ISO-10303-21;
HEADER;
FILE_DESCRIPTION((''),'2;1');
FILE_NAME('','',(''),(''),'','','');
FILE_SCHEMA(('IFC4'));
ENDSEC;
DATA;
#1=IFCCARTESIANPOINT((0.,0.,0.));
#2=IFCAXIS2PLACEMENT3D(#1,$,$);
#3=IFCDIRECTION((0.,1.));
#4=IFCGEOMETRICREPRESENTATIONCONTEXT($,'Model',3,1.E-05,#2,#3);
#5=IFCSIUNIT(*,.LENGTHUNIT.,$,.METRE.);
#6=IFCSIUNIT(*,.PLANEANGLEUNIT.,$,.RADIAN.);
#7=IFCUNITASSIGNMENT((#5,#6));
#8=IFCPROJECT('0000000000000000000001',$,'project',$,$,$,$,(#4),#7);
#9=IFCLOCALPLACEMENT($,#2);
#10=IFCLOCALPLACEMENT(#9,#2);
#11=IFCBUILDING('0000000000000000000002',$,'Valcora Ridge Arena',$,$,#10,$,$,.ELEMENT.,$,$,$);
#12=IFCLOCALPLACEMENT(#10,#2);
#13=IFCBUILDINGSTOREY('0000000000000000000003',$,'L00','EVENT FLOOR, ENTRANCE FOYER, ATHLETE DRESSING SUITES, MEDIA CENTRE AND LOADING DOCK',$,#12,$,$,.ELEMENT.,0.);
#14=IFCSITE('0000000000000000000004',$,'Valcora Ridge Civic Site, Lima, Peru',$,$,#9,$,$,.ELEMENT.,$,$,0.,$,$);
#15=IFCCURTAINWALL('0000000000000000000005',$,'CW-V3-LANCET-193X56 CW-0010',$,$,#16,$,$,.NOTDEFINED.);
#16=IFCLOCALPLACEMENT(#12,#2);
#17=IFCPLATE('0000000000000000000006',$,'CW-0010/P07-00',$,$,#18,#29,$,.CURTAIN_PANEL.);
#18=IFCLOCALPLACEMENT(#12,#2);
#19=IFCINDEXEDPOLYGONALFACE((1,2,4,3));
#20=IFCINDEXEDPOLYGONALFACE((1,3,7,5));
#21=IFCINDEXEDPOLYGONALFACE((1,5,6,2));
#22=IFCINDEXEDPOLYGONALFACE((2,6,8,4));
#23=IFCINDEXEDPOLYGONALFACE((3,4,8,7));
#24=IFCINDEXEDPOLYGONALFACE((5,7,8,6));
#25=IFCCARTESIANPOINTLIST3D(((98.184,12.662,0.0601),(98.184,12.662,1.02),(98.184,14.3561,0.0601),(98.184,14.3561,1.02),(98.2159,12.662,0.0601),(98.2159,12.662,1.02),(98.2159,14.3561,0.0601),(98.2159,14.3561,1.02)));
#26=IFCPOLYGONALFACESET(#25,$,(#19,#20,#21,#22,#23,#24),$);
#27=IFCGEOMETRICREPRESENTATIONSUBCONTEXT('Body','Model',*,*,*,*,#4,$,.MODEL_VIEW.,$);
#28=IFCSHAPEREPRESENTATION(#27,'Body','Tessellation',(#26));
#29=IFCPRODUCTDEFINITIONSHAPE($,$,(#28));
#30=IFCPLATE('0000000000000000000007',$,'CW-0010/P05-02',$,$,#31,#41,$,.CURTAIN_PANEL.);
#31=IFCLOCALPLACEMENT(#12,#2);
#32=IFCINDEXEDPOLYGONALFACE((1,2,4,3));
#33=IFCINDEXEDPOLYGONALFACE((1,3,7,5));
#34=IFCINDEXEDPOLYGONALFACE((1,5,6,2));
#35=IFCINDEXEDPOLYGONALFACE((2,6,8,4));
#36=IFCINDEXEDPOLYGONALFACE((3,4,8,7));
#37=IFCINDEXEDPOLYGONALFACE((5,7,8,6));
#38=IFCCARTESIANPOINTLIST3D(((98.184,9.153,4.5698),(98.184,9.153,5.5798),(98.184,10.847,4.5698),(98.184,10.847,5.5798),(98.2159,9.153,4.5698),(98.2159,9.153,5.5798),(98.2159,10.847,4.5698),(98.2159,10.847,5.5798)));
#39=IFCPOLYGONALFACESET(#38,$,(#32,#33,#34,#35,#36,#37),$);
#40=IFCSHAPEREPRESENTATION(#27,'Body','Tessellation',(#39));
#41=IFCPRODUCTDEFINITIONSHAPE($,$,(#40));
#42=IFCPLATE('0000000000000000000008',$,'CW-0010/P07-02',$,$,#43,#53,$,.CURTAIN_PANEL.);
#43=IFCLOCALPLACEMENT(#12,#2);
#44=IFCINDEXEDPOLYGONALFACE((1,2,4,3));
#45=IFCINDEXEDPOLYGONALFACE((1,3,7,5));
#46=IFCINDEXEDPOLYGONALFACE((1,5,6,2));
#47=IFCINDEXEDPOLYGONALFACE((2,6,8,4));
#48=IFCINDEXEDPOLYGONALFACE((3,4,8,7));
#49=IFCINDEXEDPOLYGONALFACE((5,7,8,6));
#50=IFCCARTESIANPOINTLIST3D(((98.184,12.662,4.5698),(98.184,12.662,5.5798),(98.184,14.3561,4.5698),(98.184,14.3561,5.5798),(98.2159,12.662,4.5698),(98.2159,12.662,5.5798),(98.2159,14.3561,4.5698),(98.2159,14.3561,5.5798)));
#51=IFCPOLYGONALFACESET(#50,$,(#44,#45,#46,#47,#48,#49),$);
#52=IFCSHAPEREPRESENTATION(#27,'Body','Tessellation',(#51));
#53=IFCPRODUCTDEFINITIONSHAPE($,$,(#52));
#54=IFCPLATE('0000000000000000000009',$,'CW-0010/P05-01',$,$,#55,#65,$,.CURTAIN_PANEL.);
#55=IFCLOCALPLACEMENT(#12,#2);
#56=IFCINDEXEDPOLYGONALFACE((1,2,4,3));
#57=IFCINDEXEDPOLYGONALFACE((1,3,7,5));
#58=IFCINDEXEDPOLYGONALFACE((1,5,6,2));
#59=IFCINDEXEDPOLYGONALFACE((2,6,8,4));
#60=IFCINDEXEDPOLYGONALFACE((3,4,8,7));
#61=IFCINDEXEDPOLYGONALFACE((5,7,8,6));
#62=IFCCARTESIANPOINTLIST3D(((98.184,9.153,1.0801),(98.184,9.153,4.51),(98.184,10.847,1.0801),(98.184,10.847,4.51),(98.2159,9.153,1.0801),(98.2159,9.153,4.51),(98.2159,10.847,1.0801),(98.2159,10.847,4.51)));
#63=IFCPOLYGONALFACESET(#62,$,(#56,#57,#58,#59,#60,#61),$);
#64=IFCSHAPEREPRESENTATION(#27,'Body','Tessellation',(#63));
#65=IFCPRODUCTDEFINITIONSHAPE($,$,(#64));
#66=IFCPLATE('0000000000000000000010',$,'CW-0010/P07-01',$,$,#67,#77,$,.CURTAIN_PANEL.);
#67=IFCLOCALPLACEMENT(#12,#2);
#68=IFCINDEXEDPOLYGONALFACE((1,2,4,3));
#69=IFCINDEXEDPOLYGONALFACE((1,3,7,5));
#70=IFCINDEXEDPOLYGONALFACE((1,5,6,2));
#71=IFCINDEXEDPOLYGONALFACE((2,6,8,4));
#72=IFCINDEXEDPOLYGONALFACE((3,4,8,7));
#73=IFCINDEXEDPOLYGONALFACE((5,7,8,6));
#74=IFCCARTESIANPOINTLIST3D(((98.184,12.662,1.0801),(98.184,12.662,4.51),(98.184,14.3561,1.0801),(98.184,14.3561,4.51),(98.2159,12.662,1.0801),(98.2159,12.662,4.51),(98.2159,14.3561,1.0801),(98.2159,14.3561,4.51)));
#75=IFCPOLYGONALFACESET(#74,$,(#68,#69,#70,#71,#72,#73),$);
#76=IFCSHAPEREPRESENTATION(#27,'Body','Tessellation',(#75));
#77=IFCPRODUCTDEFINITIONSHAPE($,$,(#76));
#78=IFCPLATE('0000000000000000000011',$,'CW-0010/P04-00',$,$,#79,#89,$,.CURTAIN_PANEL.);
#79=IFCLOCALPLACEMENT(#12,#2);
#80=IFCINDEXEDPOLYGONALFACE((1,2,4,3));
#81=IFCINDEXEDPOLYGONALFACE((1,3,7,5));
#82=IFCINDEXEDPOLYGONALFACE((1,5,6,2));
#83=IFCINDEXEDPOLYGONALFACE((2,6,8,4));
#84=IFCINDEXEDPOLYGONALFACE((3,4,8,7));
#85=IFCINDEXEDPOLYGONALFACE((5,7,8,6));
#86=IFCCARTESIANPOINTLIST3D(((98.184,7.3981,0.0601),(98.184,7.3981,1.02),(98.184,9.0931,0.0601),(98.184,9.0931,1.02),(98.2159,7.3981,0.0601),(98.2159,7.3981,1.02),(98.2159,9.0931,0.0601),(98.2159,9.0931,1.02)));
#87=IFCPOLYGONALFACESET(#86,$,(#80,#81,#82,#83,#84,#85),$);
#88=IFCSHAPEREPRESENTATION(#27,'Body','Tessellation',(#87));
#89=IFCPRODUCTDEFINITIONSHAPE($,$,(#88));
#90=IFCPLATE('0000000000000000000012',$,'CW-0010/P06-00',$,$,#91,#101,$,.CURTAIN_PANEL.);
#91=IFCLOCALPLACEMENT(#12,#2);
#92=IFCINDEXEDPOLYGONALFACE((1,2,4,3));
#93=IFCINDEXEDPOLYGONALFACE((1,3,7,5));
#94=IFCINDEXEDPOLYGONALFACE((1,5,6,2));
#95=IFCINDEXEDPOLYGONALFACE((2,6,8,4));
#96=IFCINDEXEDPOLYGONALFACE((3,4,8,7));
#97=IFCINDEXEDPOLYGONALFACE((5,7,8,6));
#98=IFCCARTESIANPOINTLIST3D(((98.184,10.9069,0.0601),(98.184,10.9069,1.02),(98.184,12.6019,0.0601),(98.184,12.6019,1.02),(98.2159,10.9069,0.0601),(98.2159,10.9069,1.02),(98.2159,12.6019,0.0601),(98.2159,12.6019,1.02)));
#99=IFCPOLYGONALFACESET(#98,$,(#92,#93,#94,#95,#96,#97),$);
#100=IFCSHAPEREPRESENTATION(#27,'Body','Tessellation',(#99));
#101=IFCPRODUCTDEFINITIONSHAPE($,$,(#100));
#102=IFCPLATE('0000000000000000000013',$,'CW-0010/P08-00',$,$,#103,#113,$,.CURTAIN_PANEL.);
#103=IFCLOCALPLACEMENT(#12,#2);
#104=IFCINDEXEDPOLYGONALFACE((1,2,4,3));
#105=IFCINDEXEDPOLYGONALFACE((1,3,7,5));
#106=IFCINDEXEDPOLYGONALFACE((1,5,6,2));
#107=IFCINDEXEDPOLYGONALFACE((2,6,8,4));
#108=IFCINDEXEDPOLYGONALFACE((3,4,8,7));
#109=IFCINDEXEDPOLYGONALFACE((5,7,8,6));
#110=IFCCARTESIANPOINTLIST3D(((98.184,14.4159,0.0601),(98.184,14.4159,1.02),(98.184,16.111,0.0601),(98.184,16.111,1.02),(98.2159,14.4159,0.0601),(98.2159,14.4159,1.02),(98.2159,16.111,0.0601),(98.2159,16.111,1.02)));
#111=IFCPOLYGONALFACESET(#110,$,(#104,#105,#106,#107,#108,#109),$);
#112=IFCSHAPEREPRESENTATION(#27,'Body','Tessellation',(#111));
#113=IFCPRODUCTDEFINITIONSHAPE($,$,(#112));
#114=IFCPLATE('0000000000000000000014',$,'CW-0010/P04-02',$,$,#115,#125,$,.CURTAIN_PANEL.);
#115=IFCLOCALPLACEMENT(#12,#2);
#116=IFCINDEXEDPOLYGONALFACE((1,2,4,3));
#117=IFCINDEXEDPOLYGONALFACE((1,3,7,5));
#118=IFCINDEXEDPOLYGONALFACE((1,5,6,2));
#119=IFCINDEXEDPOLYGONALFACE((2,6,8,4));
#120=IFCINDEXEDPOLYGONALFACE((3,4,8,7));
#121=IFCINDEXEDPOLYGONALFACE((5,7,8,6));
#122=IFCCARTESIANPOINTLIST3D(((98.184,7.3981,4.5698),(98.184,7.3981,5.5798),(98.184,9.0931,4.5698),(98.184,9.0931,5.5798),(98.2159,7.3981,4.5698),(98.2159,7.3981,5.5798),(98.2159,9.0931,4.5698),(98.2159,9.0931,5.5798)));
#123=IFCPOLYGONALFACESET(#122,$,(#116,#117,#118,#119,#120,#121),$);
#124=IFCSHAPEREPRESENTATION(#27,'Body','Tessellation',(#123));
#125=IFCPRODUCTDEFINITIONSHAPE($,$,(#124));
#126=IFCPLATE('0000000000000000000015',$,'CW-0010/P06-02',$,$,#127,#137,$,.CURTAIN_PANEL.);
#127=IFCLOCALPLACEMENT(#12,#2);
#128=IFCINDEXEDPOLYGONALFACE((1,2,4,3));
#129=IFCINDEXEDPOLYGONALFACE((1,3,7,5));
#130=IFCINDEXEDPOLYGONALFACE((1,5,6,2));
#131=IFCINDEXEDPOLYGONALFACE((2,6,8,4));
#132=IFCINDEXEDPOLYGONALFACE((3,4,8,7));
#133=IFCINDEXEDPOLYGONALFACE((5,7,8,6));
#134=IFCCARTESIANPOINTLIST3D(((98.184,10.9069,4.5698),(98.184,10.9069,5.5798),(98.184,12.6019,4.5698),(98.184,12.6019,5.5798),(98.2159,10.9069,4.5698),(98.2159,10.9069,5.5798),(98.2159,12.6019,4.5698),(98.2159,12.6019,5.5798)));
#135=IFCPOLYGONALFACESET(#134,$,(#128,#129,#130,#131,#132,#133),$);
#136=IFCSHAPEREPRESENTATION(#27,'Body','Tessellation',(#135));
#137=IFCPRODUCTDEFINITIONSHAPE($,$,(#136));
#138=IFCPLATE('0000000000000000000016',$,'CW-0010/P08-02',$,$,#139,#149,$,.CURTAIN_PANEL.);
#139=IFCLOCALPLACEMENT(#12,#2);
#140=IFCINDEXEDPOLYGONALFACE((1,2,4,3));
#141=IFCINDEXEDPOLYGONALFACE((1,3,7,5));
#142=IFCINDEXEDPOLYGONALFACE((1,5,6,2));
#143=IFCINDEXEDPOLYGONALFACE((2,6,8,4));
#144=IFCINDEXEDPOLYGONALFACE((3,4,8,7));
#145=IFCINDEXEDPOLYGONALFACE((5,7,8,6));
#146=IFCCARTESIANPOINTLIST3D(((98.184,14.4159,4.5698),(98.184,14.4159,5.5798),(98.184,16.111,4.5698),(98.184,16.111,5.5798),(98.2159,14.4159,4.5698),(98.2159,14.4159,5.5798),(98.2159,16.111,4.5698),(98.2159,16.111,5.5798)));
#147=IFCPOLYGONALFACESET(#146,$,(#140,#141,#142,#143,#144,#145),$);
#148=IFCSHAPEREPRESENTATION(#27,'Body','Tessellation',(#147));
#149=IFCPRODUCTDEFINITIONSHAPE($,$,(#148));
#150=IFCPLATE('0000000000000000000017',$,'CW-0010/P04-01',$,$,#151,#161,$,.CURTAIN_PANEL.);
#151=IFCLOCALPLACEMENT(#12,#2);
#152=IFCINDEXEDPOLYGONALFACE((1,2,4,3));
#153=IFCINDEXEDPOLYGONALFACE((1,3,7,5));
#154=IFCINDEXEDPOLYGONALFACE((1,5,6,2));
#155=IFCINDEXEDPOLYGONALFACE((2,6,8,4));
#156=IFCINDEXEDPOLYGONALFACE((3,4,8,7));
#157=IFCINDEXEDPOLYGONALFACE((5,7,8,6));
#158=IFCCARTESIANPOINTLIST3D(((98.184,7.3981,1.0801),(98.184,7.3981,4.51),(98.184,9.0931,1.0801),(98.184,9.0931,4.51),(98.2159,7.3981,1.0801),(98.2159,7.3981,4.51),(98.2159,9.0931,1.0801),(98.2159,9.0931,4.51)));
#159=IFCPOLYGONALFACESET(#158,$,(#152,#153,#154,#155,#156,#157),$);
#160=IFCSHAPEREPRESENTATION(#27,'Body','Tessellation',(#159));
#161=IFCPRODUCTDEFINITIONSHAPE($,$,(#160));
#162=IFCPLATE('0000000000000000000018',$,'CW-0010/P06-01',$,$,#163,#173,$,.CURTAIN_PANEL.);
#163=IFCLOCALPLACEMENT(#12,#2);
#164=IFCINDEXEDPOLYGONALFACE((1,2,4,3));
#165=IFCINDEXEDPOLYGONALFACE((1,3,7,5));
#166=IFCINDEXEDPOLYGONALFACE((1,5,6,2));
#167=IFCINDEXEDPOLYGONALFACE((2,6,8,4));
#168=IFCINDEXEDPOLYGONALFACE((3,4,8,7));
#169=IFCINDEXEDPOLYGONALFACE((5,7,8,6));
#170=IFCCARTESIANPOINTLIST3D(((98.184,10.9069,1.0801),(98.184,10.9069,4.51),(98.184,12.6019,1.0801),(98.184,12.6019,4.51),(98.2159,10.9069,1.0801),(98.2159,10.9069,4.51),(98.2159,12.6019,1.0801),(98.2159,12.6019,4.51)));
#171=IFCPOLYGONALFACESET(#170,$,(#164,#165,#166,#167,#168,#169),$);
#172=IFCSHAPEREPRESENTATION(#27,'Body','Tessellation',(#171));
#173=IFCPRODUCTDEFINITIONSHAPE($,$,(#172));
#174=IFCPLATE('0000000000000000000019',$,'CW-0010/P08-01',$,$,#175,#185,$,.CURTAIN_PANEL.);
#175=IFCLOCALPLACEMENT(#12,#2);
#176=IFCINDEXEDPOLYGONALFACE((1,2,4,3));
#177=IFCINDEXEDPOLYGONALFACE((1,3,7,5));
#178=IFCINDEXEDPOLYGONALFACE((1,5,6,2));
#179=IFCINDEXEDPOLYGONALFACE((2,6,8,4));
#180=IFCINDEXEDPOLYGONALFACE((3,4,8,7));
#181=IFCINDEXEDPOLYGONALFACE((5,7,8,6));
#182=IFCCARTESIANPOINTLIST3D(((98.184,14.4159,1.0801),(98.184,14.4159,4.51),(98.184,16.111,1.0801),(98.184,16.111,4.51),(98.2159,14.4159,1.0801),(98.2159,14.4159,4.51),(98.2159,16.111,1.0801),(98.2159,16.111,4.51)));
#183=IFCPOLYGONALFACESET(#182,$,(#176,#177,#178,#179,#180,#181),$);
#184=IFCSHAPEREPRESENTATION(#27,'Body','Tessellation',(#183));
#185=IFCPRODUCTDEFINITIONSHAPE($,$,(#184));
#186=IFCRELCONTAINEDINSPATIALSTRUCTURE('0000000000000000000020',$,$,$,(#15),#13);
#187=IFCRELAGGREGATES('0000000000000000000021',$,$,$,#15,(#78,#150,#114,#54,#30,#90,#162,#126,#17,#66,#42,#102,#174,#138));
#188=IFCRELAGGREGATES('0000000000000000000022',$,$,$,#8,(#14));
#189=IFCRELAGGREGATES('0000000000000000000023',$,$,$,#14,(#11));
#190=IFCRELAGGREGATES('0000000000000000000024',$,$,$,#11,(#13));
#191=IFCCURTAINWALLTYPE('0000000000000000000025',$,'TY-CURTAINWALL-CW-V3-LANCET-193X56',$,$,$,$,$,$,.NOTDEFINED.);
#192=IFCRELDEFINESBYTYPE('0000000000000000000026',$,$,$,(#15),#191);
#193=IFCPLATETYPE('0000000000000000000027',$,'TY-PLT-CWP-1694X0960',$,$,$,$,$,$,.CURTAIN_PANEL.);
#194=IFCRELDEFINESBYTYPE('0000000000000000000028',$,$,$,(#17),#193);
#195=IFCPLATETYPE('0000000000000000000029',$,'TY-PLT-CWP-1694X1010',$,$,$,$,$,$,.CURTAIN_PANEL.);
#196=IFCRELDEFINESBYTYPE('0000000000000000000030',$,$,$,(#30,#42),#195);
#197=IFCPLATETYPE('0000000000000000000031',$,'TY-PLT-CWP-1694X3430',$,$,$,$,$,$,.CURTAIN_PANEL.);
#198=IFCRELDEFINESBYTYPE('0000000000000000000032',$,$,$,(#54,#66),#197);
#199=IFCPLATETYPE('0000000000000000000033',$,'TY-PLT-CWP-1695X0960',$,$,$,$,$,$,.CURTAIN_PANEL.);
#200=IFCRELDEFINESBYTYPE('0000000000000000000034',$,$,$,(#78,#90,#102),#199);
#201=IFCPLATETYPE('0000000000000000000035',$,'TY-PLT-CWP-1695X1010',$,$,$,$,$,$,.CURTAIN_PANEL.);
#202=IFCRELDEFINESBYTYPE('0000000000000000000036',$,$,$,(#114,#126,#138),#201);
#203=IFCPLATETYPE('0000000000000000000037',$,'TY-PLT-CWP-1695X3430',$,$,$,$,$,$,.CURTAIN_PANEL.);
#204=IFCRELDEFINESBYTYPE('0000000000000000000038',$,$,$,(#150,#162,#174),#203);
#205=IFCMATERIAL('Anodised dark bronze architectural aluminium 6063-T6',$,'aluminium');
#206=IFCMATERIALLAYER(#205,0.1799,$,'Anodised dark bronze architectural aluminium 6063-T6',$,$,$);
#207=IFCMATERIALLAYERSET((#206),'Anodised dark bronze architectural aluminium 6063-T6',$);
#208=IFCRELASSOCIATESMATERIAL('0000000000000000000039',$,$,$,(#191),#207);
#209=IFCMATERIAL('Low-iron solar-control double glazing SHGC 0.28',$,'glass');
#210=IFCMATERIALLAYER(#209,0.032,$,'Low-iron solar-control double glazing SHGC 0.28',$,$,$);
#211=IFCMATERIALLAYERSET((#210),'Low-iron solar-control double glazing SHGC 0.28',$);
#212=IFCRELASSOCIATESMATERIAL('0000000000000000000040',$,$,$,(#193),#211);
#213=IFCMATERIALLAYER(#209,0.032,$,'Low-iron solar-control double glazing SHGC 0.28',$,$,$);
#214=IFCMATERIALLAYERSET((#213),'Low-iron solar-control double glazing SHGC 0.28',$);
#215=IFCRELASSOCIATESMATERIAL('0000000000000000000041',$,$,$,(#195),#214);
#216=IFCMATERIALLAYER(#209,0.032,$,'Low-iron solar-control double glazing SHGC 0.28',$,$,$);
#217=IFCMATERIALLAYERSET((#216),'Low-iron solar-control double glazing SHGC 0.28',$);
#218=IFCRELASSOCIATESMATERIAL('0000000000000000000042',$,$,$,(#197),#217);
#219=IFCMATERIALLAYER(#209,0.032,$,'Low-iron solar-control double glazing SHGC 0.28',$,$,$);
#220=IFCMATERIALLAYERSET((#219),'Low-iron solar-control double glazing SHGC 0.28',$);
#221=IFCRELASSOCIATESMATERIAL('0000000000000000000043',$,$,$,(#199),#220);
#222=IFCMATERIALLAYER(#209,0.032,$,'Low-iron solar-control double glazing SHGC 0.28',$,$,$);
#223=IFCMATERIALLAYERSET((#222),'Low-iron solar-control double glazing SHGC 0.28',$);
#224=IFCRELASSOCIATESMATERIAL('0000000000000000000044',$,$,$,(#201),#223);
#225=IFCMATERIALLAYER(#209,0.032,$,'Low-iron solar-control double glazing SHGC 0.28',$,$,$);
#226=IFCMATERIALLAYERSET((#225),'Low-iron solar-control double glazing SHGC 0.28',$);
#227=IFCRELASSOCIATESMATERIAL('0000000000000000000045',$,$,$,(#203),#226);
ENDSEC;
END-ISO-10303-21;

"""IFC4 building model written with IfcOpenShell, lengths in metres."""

from ifc_helpers import new_model, si_unit, direction, frame, origin, origin_2d, place, context, subcontext, project, spatial, rectangle, extrude, material, layer, layer_set, type_object, element, aggregate, save


model = new_model("IFC4")

# Units and contexts
model_context = context("Model", 3, precision=1e-05, world=origin(), true_north=direction((0.0, 1.0)))
body_context = subcontext(model_context, "Body", "Model", "MODEL_VIEW")
ifc_project = project(units=[si_unit("LENGTHUNIT", "METRE"), si_unit("PLANEANGLEUNIT", "RADIAN")], contexts=[model_context])

# Site, building, storey
site_placement = place(None, origin())
site = spatial("IfcSite", under=ifc_project, at=site_placement, Name="Valcora Ridge Civic Site, Lima, Peru", CompositionType="ELEMENT", RefElevation=0.0)
building_placement = place(site_placement, origin())
building = spatial("IfcBuilding", under=site, at=building_placement, Name="Valcora Ridge Arena", CompositionType="ELEMENT")
storey_placement = place(building_placement, origin())
storey = spatial("IfcBuildingStorey", under=building, at=storey_placement, Name="L00", Description="EVENT FLOOR, ENTRANCE FOYER, ATHLETE DRESSING SUITES, MEDIA CENTRE AND LOADING DOCK", CompositionType="ELEMENT", Elevation=0.0)

# Curtain wall, plates
ifc_material_1 = material(Name="Anodised dark bronze architectural aluminium 6063-T6", Category="aluminium")
ifc_layer_1 = layer(ifc_material_1, 0.1799, Name="Anodised dark bronze architectural aluminium 6063-T6")
ifc_layer_set_1 = layer_set([ifc_layer_1], Name="Anodised dark bronze architectural aluminium 6063-T6")
curtain_wall_type = type_object("IfcCurtainWallType", Name="TY-CURTAINWALL-CW-V3-LANCET-193X56", PredefinedType="NOTDEFINED", material=ifc_layer_set_1)
curtain_wall_placement = place(storey_placement, origin())
curtain_wall = element("IfcCurtainWall", 1, at=curtain_wall_placement, inside=storey, type_object=curtain_wall_type, Name="CW-V3-LANCET-193X56 CW-0010", PredefinedType="NOTDEFINED")
ifc_material_2 = material(Name="Low-iron solar-control double glazing SHGC 0.28", Category="glass")
ifc_layer_2 = layer(ifc_material_2, 0.032, Name="Low-iron solar-control double glazing SHGC 0.28")
ifc_layer_set_2 = layer_set([ifc_layer_2], Name="Low-iron solar-control double glazing SHGC 0.28")
plate_type_1 = type_object("IfcPlateType", Name="TY-PLT-CWP-1694X0960", PredefinedType="CURTAIN_PANEL", material=ifc_layer_set_2)
plate_1_placement = place(storey_placement, frame((98.2, 13.509, 0.0601), z_axis=(0.0, 0.0, 1.0), x_axis=(0.0, 1.0, 0.0)))
plate_1 = element("IfcPlate", 2, at=plate_1_placement, type_object=plate_type_1, Name="CW-0010/P07-00", PredefinedType="CURTAIN_PANEL", context=body_context, shape_type="SweptSolid", body=[
    extrude(rectangle(XDim=1.6941, YDim=0.032, at=origin_2d()), origin(), (0.0, 0.0, 1.0), 0.96),
])
ifc_layer_3 = layer(ifc_material_2, 0.032, Name="Low-iron solar-control double glazing SHGC 0.28")
ifc_layer_set_3 = layer_set([ifc_layer_3], Name="Low-iron solar-control double glazing SHGC 0.28")
plate_type_2 = type_object("IfcPlateType", Name="TY-PLT-CWP-1694X1010", PredefinedType="CURTAIN_PANEL", material=ifc_layer_set_3)
plate_2_placement = place(storey_placement, frame((98.2, 10.0, 4.5698), z_axis=(0.0, 0.0, 1.0), x_axis=(0.0, 1.0, 0.0)))
plate_2 = element("IfcPlate", 3, at=plate_2_placement, type_object=plate_type_2, Name="CW-0010/P05-02", PredefinedType="CURTAIN_PANEL", context=body_context, shape_type="SweptSolid", body=[
    extrude(rectangle(XDim=1.6941, YDim=0.032, at=origin_2d()), origin(), (0.0, 0.0, 1.0), 1.01),
])
plate_3_placement = place(storey_placement, frame((98.2, 13.509, 4.5698), z_axis=(0.0, 0.0, 1.0), x_axis=(0.0, 1.0, 0.0)))
plate_3 = element("IfcPlate", 4, at=plate_3_placement, type_object=plate_type_2, Name="CW-0010/P07-02", PredefinedType="CURTAIN_PANEL", context=body_context, shape_type="SweptSolid", body=[
    extrude(rectangle(XDim=1.6941, YDim=0.032, at=origin_2d()), origin(), (0.0, 0.0, 1.0), 1.01),
])
ifc_layer_4 = layer(ifc_material_2, 0.032, Name="Low-iron solar-control double glazing SHGC 0.28")
ifc_layer_set_4 = layer_set([ifc_layer_4], Name="Low-iron solar-control double glazing SHGC 0.28")
plate_type_3 = type_object("IfcPlateType", Name="TY-PLT-CWP-1694X3430", PredefinedType="CURTAIN_PANEL", material=ifc_layer_set_4)
plate_4_placement = place(storey_placement, frame((98.2, 10.0, 1.0801), z_axis=(0.0, 0.0, 1.0), x_axis=(0.0, 1.0, 0.0)))
plate_4 = element("IfcPlate", 5, at=plate_4_placement, type_object=plate_type_3, Name="CW-0010/P05-01", PredefinedType="CURTAIN_PANEL", context=body_context, shape_type="SweptSolid", body=[
    extrude(rectangle(XDim=1.6941, YDim=0.032, at=origin_2d()), origin(), (0.0, 0.0, 1.0), 3.4299),
])
plate_5_placement = place(storey_placement, frame((98.2, 13.509, 1.0801), z_axis=(0.0, 0.0, 1.0), x_axis=(0.0, 1.0, 0.0)))
plate_5 = element("IfcPlate", 6, at=plate_5_placement, type_object=plate_type_3, Name="CW-0010/P07-01", PredefinedType="CURTAIN_PANEL", context=body_context, shape_type="SweptSolid", body=[
    extrude(rectangle(XDim=1.6941, YDim=0.032, at=origin_2d()), origin(), (0.0, 0.0, 1.0), 3.4299),
])
ifc_layer_5 = layer(ifc_material_2, 0.032, Name="Low-iron solar-control double glazing SHGC 0.28")
ifc_layer_set_5 = layer_set([ifc_layer_5], Name="Low-iron solar-control double glazing SHGC 0.28")
plate_type_4 = type_object("IfcPlateType", Name="TY-PLT-CWP-1695X0960", PredefinedType="CURTAIN_PANEL", material=ifc_layer_set_5)
plate_6_placement = place(storey_placement, frame((98.2, 8.2456, 0.0601), z_axis=(0.0, 0.0, 1.0), x_axis=(0.0, 1.0, 0.0)))
plate_6 = element("IfcPlate", 7, at=plate_6_placement, type_object=plate_type_4, Name="CW-0010/P04-00", PredefinedType="CURTAIN_PANEL", context=body_context, shape_type="SweptSolid", body=[
    extrude(rectangle(XDim=1.6951, YDim=0.032, at=origin_2d()), origin(), (0.0, 0.0, 1.0), 0.96),
])
plate_7_placement = place(storey_placement, frame((98.2, 11.7544, 0.0601), z_axis=(0.0, 0.0, 1.0), x_axis=(0.0, 1.0, 0.0)))
plate_7 = element("IfcPlate", 8, at=plate_7_placement, type_object=plate_type_4, Name="CW-0010/P06-00", PredefinedType="CURTAIN_PANEL", context=body_context, shape_type="SweptSolid", body=[
    extrude(rectangle(XDim=1.6951, YDim=0.032, at=origin_2d()), origin(), (0.0, 0.0, 1.0), 0.96),
])
plate_8_placement = place(storey_placement, frame((98.2, 15.2634, 0.0601), z_axis=(0.0, 0.0, 1.0), x_axis=(0.0, 1.0, 0.0)))
plate_8 = element("IfcPlate", 9, at=plate_8_placement, type_object=plate_type_4, Name="CW-0010/P08-00", PredefinedType="CURTAIN_PANEL", context=body_context, shape_type="SweptSolid", body=[
    extrude(rectangle(XDim=1.6951, YDim=0.032, at=origin_2d()), origin(), (0.0, 0.0, 1.0), 0.96),
])
ifc_layer_6 = layer(ifc_material_2, 0.032, Name="Low-iron solar-control double glazing SHGC 0.28")
ifc_layer_set_6 = layer_set([ifc_layer_6], Name="Low-iron solar-control double glazing SHGC 0.28")
plate_type_5 = type_object("IfcPlateType", Name="TY-PLT-CWP-1695X1010", PredefinedType="CURTAIN_PANEL", material=ifc_layer_set_6)
plate_9_placement = place(storey_placement, frame((98.2, 8.2456, 4.5698), z_axis=(0.0, 0.0, 1.0), x_axis=(0.0, 1.0, 0.0)))
plate_9 = element("IfcPlate", 10, at=plate_9_placement, type_object=plate_type_5, Name="CW-0010/P04-02", PredefinedType="CURTAIN_PANEL", context=body_context, shape_type="SweptSolid", body=[
    extrude(rectangle(XDim=1.6951, YDim=0.032, at=origin_2d()), origin(), (0.0, 0.0, 1.0), 1.01),
])
plate_10_placement = place(storey_placement, frame((98.2, 11.7544, 4.5698), z_axis=(0.0, 0.0, 1.0), x_axis=(0.0, 1.0, 0.0)))
plate_10 = element("IfcPlate", 11, at=plate_10_placement, type_object=plate_type_5, Name="CW-0010/P06-02", PredefinedType="CURTAIN_PANEL", context=body_context, shape_type="SweptSolid", body=[
    extrude(rectangle(XDim=1.6951, YDim=0.032, at=origin_2d()), origin(), (0.0, 0.0, 1.0), 1.01),
])
plate_11_placement = place(storey_placement, frame((98.2, 15.2634, 4.5698), z_axis=(0.0, 0.0, 1.0), x_axis=(0.0, 1.0, 0.0)))
plate_11 = element("IfcPlate", 12, at=plate_11_placement, type_object=plate_type_5, Name="CW-0010/P08-02", PredefinedType="CURTAIN_PANEL", context=body_context, shape_type="SweptSolid", body=[
    extrude(rectangle(XDim=1.6951, YDim=0.032, at=origin_2d()), origin(), (0.0, 0.0, 1.0), 1.01),
])
ifc_layer_7 = layer(ifc_material_2, 0.032, Name="Low-iron solar-control double glazing SHGC 0.28")
ifc_layer_set_7 = layer_set([ifc_layer_7], Name="Low-iron solar-control double glazing SHGC 0.28")
plate_type_6 = type_object("IfcPlateType", Name="TY-PLT-CWP-1695X3430", PredefinedType="CURTAIN_PANEL", material=ifc_layer_set_7)
plate_12_placement = place(storey_placement, frame((98.2, 8.2456, 1.0801), z_axis=(0.0, 0.0, 1.0), x_axis=(0.0, 1.0, 0.0)))
plate_12 = element("IfcPlate", 13, at=plate_12_placement, type_object=plate_type_6, Name="CW-0010/P04-01", PredefinedType="CURTAIN_PANEL", context=body_context, shape_type="SweptSolid", body=[
    extrude(rectangle(XDim=1.6951, YDim=0.032, at=origin_2d()), origin(), (0.0, 0.0, 1.0), 3.4299),
])
plate_13_placement = place(storey_placement, frame((98.2, 11.7544, 1.0801), z_axis=(0.0, 0.0, 1.0), x_axis=(0.0, 1.0, 0.0)))
plate_13 = element("IfcPlate", 14, at=plate_13_placement, type_object=plate_type_6, Name="CW-0010/P06-01", PredefinedType="CURTAIN_PANEL", context=body_context, shape_type="SweptSolid", body=[
    extrude(rectangle(XDim=1.6951, YDim=0.032, at=origin_2d()), origin(), (0.0, 0.0, 1.0), 3.4299),
])
plate_14_placement = place(storey_placement, frame((98.2, 15.2634, 1.0801), z_axis=(0.0, 0.0, 1.0), x_axis=(0.0, 1.0, 0.0)))
plate_14 = element("IfcPlate", 15, at=plate_14_placement, type_object=plate_type_6, Name="CW-0010/P08-01", PredefinedType="CURTAIN_PANEL", context=body_context, shape_type="SweptSolid", body=[
    extrude(rectangle(XDim=1.6951, YDim=0.032, at=origin_2d()), origin(), (0.0, 0.0, 1.0), 3.4299),
])
aggregate(curtain_wall, [plate_6, plate_12, plate_9, plate_4, plate_2, plate_7, plate_13, plate_10, plate_1, plate_5, plate_3, plate_8, plate_14, plate_11])

save(model, "model.ifc")
